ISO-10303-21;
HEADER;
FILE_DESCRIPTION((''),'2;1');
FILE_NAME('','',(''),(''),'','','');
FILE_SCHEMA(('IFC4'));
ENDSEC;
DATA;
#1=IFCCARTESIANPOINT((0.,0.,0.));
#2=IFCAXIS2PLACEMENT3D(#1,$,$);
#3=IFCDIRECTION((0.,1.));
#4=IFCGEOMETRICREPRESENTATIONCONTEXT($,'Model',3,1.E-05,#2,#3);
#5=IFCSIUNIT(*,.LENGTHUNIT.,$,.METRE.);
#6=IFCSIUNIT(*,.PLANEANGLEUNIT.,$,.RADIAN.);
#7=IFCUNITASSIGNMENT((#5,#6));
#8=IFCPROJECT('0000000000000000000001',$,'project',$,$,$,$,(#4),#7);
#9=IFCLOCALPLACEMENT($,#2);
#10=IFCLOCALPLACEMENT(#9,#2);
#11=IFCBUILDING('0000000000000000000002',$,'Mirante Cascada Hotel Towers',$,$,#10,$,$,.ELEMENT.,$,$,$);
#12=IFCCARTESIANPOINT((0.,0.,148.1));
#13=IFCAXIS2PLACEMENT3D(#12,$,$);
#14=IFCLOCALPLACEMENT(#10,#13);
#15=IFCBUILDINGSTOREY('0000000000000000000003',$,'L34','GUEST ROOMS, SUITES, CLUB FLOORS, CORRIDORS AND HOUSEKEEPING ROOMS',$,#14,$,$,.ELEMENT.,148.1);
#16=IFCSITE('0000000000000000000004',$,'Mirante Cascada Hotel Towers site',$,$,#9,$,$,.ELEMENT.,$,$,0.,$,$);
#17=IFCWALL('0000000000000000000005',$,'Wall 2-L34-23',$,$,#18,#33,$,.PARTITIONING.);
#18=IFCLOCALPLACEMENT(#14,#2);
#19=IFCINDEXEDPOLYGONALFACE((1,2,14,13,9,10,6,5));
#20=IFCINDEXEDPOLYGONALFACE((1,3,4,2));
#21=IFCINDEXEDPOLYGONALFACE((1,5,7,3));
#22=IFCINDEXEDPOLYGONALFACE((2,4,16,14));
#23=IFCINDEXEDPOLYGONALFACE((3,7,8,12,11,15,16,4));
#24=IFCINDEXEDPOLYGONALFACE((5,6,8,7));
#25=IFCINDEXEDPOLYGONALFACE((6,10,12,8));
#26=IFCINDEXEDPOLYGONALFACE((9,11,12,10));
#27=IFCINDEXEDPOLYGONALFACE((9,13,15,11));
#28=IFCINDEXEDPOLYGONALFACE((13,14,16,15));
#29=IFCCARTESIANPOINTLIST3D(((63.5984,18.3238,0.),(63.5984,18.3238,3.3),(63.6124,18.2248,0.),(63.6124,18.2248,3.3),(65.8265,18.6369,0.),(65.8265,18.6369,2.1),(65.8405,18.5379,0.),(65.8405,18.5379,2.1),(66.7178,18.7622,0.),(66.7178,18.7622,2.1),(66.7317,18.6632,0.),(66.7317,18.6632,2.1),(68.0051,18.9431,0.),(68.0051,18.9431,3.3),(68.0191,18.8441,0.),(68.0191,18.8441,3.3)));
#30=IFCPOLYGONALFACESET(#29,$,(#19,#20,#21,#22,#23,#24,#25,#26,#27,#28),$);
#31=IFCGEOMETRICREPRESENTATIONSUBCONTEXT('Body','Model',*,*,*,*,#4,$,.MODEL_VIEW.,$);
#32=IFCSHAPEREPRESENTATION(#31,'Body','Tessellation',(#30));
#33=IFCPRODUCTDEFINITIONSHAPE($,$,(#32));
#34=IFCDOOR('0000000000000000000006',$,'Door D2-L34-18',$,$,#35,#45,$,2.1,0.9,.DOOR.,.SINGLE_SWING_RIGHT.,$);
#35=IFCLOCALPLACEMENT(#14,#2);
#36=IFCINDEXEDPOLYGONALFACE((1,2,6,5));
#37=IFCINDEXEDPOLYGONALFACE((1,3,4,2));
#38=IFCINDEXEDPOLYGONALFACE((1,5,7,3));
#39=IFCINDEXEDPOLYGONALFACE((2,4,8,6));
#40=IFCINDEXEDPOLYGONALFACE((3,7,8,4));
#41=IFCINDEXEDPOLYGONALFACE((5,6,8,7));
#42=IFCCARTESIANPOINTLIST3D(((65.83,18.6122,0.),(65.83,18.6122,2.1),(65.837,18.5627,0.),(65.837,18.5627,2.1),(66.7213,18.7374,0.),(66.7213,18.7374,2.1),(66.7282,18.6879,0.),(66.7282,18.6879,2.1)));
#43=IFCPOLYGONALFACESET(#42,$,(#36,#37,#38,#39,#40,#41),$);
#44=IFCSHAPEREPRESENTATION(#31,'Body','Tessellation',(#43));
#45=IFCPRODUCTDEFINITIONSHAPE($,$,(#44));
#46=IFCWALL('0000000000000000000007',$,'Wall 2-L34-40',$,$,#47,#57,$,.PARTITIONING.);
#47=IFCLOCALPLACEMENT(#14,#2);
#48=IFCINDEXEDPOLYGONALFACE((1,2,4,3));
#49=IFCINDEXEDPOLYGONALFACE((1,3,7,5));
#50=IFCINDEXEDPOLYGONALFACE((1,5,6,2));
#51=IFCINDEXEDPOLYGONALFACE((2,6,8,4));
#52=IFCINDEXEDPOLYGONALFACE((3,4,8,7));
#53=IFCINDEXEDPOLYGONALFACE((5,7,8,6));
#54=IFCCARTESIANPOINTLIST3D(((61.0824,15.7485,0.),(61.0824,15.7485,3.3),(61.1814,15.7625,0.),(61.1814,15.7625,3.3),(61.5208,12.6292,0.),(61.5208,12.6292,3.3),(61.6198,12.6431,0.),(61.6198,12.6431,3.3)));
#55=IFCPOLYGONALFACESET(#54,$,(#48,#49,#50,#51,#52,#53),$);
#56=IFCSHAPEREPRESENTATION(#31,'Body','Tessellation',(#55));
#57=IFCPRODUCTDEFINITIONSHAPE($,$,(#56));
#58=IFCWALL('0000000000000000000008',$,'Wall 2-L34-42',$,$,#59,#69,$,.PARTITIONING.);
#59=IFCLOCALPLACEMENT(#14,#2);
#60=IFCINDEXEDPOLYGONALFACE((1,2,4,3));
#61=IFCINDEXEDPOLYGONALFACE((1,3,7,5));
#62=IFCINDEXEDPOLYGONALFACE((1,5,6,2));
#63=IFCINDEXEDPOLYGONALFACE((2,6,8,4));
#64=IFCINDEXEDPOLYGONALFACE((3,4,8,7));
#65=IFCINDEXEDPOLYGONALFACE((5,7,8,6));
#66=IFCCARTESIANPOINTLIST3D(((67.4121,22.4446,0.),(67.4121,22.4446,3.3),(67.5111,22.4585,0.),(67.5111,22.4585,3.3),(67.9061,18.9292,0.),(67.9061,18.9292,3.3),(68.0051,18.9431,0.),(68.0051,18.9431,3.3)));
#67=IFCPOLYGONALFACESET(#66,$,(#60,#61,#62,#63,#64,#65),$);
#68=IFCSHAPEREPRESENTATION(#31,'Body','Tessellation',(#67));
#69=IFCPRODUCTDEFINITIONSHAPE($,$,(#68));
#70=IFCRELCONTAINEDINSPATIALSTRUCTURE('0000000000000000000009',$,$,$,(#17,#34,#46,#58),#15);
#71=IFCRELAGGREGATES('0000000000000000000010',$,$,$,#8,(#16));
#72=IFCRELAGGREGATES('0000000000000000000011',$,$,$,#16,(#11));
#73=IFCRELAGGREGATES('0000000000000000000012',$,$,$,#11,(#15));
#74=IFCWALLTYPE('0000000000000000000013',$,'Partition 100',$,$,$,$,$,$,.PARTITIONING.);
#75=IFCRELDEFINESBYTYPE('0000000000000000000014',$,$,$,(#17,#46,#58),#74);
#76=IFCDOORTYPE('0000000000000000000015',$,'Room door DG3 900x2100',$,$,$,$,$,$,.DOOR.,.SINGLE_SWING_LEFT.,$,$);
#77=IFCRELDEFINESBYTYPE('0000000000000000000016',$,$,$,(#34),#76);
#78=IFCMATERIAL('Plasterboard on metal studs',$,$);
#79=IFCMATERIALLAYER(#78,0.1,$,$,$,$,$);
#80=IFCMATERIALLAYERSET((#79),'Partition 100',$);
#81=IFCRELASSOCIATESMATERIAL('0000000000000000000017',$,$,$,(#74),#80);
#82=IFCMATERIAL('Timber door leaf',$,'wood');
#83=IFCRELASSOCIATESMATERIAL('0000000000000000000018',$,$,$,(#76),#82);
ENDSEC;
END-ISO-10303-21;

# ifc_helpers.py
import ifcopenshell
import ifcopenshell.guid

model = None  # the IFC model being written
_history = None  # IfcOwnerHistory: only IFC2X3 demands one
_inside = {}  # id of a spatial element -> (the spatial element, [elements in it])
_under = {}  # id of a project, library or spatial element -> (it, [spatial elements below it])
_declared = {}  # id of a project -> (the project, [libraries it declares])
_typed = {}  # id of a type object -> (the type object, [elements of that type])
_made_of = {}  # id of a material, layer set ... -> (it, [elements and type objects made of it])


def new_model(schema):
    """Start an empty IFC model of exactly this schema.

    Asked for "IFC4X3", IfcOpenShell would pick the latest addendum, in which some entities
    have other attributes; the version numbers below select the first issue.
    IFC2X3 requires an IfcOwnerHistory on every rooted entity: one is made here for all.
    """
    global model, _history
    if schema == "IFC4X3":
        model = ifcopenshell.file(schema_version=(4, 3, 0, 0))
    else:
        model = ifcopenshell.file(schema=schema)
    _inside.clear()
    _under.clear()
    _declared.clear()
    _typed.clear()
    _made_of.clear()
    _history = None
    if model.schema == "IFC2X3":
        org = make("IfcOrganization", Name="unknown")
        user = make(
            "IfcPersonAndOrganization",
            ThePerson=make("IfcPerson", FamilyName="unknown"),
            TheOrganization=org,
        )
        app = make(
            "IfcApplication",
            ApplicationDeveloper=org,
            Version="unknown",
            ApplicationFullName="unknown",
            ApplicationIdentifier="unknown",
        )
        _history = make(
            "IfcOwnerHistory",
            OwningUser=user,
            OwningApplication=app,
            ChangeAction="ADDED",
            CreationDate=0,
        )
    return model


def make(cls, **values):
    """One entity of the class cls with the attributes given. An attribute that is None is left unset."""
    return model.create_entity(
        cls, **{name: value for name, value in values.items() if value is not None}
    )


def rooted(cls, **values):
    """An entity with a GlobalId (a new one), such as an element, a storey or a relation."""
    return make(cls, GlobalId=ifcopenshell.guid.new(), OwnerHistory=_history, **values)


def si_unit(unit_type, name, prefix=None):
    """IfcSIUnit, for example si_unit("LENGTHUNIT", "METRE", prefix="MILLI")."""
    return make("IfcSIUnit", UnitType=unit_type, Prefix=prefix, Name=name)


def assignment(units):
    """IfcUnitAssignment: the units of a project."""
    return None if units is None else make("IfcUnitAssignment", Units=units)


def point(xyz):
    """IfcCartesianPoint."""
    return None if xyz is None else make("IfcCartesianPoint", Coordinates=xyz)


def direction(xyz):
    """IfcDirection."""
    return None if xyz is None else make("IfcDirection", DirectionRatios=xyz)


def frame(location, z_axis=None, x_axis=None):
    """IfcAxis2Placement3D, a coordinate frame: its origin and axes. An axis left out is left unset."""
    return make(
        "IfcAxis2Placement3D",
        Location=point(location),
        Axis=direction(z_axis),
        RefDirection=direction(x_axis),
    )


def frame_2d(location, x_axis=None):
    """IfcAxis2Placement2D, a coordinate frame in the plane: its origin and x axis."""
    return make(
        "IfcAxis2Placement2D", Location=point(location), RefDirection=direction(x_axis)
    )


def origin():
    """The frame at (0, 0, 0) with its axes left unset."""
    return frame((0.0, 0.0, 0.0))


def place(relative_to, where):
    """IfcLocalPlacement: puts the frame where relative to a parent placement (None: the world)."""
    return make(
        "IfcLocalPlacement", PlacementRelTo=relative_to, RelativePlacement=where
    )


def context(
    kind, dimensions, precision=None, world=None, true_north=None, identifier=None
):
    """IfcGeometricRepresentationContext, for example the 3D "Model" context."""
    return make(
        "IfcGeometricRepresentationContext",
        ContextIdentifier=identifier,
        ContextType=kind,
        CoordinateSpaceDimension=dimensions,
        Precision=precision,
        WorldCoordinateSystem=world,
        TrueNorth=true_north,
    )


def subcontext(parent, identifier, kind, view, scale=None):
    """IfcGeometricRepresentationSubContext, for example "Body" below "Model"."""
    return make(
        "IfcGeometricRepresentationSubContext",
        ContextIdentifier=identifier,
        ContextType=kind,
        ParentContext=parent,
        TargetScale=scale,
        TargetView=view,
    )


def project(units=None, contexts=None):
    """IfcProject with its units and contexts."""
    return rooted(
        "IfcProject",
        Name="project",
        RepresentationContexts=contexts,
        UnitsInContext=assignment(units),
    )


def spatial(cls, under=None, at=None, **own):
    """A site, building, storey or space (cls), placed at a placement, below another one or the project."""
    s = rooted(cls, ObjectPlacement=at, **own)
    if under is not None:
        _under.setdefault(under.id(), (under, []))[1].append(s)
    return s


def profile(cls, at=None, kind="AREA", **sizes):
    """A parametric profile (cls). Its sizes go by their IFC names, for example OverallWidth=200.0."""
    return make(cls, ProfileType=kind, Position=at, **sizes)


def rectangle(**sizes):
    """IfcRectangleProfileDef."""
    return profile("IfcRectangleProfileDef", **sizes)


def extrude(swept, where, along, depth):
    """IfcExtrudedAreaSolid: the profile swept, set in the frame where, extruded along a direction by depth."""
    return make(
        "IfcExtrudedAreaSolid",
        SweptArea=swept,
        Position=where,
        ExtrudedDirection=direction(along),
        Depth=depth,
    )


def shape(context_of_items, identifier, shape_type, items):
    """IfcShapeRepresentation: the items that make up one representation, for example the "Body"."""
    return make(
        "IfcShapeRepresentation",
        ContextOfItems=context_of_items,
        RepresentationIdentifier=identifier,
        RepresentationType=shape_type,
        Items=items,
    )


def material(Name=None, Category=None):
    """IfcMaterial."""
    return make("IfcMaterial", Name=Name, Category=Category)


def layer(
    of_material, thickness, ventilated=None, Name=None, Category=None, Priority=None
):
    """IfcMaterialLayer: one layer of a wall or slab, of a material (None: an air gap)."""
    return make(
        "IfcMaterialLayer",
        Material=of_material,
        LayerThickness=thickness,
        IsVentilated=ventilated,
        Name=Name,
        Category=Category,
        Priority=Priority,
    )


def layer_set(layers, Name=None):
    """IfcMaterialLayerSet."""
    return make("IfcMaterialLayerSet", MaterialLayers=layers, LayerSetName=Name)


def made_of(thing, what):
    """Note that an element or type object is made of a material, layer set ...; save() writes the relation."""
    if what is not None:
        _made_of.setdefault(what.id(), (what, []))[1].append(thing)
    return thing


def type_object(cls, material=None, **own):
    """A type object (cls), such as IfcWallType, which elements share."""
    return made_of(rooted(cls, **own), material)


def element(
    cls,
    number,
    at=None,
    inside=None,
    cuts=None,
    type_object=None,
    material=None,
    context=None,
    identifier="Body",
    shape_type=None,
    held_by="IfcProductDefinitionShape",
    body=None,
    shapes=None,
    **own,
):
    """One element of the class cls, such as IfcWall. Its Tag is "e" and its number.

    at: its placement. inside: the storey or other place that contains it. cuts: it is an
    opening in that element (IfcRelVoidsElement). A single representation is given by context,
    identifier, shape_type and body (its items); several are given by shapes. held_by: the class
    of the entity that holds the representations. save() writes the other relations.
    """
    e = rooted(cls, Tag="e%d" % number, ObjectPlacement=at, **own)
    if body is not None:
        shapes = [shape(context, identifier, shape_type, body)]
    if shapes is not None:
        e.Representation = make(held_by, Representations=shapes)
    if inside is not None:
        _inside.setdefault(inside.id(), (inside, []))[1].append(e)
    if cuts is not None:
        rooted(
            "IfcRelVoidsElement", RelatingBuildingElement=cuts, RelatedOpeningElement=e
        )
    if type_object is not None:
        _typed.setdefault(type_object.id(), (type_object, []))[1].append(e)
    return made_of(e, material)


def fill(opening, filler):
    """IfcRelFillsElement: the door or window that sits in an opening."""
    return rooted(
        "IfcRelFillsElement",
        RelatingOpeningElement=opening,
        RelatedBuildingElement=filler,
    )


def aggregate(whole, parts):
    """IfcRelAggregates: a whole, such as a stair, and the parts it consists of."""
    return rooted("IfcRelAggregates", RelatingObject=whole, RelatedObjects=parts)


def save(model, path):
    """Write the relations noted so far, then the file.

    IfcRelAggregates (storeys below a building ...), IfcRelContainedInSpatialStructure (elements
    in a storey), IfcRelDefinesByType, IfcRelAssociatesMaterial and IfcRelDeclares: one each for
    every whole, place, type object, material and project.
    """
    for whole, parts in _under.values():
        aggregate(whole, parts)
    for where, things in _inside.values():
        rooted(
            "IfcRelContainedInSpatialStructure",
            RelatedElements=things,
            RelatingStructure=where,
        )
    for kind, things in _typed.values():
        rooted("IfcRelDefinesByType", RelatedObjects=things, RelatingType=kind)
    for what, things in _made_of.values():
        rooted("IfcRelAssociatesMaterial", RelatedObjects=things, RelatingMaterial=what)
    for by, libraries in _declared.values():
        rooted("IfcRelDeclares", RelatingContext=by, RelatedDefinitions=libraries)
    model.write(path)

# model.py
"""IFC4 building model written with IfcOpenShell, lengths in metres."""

from ifc_helpers import new_model, si_unit, direction, frame, frame_2d, origin, place, context, subcontext, project, spatial, rectangle, extrude, material, layer, layer_set, type_object, element, fill, save


model = new_model("IFC4")

# Units and contexts
model_context = context("Model", 3, precision=1e-05, world=origin(), true_north=direction((0.0, 1.0)))
body_context = subcontext(model_context, "Body", "Model", "MODEL_VIEW")
ifc_project = project(units=[si_unit("LENGTHUNIT", "METRE"), si_unit("PLANEANGLEUNIT", "RADIAN")], contexts=[model_context])

# Site, building, storey
site_placement = place(None, origin())
site = spatial("IfcSite", under=ifc_project, at=site_placement, Name="Mirante Cascada Hotel Towers site", CompositionType="ELEMENT", RefElevation=0.0)
building_placement = place(site_placement, origin())
building = spatial("IfcBuilding", under=site, at=building_placement, Name="Mirante Cascada Hotel Towers", CompositionType="ELEMENT")
storey_placement = place(building_placement, frame((0.0, 0.0, 148.1)))
storey = spatial("IfcBuildingStorey", under=building, at=storey_placement, Name="L34", Description="GUEST ROOMS, SUITES, CLUB FLOORS, CORRIDORS AND HOUSEKEEPING ROOMS", CompositionType="ELEMENT", Elevation=148.1)

# Wall, opening, door
ifc_material_1 = material(Name="Plasterboard on metal studs")
ifc_layer_1 = layer(ifc_material_1, 0.1)
ifc_layer_set_1 = layer_set([ifc_layer_1], Name="Partition 100")
wall_type = type_object("IfcWallType", Name="Partition 100", PredefinedType="PARTITIONING", material=ifc_layer_set_1)
wall_1_placement = place(storey_placement, frame((63.6054, 18.2743, 0.0), z_axis=(0.0, 0.0, 1.0), x_axis=(0.990269, 0.139168, 0.0)))
wall_1 = element("IfcWall", 1, at=wall_1_placement, inside=storey, type_object=wall_type, Name="Wall 2-L34-23", PredefinedType="PARTITIONING", context=body_context, shape_type="SweptSolid", body=[
    extrude(rectangle(XDim=4.45, YDim=0.1, at=frame_2d((2.225, 0.0))), origin(), (0.0, 0.0, 1.0), 3.3),
])
opening_1_placement = place(wall_1_placement, frame((2.25, 0.0, 0.0)))
opening_1 = element("IfcOpeningElement", 2, at=opening_1_placement, cuts=wall_1, PredefinedType="OPENING", context=body_context, shape_type="SweptSolid", body=[
    extrude(rectangle(XDim=0.9, YDim=2.1, at=frame_2d((0.45, 1.05))), frame((0.0, 0.05, 0.0), z_axis=(0.0, -1.0, 0.0), x_axis=(1.0, 0.0, 0.0)), (0.0, 0.0, 1.0), 0.1),
])
ifc_material_2 = material(Name="Timber door leaf", Category="wood")
door_type_1 = type_object("IfcDoorType", Name="Room door DG3 900x2100", OperationType="SINGLE_SWING_LEFT", PredefinedType="DOOR", material=ifc_material_2)
door_1_placement = place(opening_1_placement, frame((0.9, 0.0, 0.0), z_axis=(0.0, 0.0, 1.0), x_axis=(-1.0, 0.0, 0.0)))
door_1 = element("IfcDoor", 3, at=door_1_placement, inside=storey, type_object=door_type_1, Name="Door D2-L34-18", OperationType="SINGLE_SWING_RIGHT", OverallHeight=2.1, OverallWidth=0.9, PredefinedType="DOOR", context=body_context, shape_type="SweptSolid", body=[
    extrude(rectangle(XDim=0.9, YDim=2.1, at=frame_2d((0.45, 1.05))), frame((0.0, 0.025, 0.0), z_axis=(0.0, -1.0, 0.0), x_axis=(1.0, 0.0, 0.0)), (0.0, 0.0, 1.0), 0.05),
])
fill(opening_1, door_1)

# Walls
wall_2_placement = place(storey_placement, frame((61.1319, 15.7555, 0.0), z_axis=(0.0, 0.0, 1.0), x_axis=(0.139177, -0.990268, 0.0)))
element("IfcWall", 4, at=wall_2_placement, inside=storey, type_object=wall_type, Name="Wall 2-L34-40", PredefinedType="PARTITIONING", context=body_context, shape_type="SweptSolid", body=[
    extrude(rectangle(XDim=3.15, YDim=0.1, at=frame_2d((1.575, 0.0))), origin(), (0.0, 0.0, 1.0), 3.3),
])
wall_3_placement = place(storey_placement, frame((67.4616, 22.4516, 0.0), z_axis=(0.0, 0.0, 1.0), x_axis=(0.139157, -0.99027, 0.0)))
element("IfcWall", 5, at=wall_3_placement, inside=storey, type_object=wall_type, Name="Wall 2-L34-42", PredefinedType="PARTITIONING", context=body_context, shape_type="SweptSolid", body=[
    extrude(rectangle(XDim=3.5499, YDim=0.1, at=frame_2d((1.775, 0.0))), origin(), (0.0, 0.0, 1.0), 3.3),
])

save(model, "model.ifc")
